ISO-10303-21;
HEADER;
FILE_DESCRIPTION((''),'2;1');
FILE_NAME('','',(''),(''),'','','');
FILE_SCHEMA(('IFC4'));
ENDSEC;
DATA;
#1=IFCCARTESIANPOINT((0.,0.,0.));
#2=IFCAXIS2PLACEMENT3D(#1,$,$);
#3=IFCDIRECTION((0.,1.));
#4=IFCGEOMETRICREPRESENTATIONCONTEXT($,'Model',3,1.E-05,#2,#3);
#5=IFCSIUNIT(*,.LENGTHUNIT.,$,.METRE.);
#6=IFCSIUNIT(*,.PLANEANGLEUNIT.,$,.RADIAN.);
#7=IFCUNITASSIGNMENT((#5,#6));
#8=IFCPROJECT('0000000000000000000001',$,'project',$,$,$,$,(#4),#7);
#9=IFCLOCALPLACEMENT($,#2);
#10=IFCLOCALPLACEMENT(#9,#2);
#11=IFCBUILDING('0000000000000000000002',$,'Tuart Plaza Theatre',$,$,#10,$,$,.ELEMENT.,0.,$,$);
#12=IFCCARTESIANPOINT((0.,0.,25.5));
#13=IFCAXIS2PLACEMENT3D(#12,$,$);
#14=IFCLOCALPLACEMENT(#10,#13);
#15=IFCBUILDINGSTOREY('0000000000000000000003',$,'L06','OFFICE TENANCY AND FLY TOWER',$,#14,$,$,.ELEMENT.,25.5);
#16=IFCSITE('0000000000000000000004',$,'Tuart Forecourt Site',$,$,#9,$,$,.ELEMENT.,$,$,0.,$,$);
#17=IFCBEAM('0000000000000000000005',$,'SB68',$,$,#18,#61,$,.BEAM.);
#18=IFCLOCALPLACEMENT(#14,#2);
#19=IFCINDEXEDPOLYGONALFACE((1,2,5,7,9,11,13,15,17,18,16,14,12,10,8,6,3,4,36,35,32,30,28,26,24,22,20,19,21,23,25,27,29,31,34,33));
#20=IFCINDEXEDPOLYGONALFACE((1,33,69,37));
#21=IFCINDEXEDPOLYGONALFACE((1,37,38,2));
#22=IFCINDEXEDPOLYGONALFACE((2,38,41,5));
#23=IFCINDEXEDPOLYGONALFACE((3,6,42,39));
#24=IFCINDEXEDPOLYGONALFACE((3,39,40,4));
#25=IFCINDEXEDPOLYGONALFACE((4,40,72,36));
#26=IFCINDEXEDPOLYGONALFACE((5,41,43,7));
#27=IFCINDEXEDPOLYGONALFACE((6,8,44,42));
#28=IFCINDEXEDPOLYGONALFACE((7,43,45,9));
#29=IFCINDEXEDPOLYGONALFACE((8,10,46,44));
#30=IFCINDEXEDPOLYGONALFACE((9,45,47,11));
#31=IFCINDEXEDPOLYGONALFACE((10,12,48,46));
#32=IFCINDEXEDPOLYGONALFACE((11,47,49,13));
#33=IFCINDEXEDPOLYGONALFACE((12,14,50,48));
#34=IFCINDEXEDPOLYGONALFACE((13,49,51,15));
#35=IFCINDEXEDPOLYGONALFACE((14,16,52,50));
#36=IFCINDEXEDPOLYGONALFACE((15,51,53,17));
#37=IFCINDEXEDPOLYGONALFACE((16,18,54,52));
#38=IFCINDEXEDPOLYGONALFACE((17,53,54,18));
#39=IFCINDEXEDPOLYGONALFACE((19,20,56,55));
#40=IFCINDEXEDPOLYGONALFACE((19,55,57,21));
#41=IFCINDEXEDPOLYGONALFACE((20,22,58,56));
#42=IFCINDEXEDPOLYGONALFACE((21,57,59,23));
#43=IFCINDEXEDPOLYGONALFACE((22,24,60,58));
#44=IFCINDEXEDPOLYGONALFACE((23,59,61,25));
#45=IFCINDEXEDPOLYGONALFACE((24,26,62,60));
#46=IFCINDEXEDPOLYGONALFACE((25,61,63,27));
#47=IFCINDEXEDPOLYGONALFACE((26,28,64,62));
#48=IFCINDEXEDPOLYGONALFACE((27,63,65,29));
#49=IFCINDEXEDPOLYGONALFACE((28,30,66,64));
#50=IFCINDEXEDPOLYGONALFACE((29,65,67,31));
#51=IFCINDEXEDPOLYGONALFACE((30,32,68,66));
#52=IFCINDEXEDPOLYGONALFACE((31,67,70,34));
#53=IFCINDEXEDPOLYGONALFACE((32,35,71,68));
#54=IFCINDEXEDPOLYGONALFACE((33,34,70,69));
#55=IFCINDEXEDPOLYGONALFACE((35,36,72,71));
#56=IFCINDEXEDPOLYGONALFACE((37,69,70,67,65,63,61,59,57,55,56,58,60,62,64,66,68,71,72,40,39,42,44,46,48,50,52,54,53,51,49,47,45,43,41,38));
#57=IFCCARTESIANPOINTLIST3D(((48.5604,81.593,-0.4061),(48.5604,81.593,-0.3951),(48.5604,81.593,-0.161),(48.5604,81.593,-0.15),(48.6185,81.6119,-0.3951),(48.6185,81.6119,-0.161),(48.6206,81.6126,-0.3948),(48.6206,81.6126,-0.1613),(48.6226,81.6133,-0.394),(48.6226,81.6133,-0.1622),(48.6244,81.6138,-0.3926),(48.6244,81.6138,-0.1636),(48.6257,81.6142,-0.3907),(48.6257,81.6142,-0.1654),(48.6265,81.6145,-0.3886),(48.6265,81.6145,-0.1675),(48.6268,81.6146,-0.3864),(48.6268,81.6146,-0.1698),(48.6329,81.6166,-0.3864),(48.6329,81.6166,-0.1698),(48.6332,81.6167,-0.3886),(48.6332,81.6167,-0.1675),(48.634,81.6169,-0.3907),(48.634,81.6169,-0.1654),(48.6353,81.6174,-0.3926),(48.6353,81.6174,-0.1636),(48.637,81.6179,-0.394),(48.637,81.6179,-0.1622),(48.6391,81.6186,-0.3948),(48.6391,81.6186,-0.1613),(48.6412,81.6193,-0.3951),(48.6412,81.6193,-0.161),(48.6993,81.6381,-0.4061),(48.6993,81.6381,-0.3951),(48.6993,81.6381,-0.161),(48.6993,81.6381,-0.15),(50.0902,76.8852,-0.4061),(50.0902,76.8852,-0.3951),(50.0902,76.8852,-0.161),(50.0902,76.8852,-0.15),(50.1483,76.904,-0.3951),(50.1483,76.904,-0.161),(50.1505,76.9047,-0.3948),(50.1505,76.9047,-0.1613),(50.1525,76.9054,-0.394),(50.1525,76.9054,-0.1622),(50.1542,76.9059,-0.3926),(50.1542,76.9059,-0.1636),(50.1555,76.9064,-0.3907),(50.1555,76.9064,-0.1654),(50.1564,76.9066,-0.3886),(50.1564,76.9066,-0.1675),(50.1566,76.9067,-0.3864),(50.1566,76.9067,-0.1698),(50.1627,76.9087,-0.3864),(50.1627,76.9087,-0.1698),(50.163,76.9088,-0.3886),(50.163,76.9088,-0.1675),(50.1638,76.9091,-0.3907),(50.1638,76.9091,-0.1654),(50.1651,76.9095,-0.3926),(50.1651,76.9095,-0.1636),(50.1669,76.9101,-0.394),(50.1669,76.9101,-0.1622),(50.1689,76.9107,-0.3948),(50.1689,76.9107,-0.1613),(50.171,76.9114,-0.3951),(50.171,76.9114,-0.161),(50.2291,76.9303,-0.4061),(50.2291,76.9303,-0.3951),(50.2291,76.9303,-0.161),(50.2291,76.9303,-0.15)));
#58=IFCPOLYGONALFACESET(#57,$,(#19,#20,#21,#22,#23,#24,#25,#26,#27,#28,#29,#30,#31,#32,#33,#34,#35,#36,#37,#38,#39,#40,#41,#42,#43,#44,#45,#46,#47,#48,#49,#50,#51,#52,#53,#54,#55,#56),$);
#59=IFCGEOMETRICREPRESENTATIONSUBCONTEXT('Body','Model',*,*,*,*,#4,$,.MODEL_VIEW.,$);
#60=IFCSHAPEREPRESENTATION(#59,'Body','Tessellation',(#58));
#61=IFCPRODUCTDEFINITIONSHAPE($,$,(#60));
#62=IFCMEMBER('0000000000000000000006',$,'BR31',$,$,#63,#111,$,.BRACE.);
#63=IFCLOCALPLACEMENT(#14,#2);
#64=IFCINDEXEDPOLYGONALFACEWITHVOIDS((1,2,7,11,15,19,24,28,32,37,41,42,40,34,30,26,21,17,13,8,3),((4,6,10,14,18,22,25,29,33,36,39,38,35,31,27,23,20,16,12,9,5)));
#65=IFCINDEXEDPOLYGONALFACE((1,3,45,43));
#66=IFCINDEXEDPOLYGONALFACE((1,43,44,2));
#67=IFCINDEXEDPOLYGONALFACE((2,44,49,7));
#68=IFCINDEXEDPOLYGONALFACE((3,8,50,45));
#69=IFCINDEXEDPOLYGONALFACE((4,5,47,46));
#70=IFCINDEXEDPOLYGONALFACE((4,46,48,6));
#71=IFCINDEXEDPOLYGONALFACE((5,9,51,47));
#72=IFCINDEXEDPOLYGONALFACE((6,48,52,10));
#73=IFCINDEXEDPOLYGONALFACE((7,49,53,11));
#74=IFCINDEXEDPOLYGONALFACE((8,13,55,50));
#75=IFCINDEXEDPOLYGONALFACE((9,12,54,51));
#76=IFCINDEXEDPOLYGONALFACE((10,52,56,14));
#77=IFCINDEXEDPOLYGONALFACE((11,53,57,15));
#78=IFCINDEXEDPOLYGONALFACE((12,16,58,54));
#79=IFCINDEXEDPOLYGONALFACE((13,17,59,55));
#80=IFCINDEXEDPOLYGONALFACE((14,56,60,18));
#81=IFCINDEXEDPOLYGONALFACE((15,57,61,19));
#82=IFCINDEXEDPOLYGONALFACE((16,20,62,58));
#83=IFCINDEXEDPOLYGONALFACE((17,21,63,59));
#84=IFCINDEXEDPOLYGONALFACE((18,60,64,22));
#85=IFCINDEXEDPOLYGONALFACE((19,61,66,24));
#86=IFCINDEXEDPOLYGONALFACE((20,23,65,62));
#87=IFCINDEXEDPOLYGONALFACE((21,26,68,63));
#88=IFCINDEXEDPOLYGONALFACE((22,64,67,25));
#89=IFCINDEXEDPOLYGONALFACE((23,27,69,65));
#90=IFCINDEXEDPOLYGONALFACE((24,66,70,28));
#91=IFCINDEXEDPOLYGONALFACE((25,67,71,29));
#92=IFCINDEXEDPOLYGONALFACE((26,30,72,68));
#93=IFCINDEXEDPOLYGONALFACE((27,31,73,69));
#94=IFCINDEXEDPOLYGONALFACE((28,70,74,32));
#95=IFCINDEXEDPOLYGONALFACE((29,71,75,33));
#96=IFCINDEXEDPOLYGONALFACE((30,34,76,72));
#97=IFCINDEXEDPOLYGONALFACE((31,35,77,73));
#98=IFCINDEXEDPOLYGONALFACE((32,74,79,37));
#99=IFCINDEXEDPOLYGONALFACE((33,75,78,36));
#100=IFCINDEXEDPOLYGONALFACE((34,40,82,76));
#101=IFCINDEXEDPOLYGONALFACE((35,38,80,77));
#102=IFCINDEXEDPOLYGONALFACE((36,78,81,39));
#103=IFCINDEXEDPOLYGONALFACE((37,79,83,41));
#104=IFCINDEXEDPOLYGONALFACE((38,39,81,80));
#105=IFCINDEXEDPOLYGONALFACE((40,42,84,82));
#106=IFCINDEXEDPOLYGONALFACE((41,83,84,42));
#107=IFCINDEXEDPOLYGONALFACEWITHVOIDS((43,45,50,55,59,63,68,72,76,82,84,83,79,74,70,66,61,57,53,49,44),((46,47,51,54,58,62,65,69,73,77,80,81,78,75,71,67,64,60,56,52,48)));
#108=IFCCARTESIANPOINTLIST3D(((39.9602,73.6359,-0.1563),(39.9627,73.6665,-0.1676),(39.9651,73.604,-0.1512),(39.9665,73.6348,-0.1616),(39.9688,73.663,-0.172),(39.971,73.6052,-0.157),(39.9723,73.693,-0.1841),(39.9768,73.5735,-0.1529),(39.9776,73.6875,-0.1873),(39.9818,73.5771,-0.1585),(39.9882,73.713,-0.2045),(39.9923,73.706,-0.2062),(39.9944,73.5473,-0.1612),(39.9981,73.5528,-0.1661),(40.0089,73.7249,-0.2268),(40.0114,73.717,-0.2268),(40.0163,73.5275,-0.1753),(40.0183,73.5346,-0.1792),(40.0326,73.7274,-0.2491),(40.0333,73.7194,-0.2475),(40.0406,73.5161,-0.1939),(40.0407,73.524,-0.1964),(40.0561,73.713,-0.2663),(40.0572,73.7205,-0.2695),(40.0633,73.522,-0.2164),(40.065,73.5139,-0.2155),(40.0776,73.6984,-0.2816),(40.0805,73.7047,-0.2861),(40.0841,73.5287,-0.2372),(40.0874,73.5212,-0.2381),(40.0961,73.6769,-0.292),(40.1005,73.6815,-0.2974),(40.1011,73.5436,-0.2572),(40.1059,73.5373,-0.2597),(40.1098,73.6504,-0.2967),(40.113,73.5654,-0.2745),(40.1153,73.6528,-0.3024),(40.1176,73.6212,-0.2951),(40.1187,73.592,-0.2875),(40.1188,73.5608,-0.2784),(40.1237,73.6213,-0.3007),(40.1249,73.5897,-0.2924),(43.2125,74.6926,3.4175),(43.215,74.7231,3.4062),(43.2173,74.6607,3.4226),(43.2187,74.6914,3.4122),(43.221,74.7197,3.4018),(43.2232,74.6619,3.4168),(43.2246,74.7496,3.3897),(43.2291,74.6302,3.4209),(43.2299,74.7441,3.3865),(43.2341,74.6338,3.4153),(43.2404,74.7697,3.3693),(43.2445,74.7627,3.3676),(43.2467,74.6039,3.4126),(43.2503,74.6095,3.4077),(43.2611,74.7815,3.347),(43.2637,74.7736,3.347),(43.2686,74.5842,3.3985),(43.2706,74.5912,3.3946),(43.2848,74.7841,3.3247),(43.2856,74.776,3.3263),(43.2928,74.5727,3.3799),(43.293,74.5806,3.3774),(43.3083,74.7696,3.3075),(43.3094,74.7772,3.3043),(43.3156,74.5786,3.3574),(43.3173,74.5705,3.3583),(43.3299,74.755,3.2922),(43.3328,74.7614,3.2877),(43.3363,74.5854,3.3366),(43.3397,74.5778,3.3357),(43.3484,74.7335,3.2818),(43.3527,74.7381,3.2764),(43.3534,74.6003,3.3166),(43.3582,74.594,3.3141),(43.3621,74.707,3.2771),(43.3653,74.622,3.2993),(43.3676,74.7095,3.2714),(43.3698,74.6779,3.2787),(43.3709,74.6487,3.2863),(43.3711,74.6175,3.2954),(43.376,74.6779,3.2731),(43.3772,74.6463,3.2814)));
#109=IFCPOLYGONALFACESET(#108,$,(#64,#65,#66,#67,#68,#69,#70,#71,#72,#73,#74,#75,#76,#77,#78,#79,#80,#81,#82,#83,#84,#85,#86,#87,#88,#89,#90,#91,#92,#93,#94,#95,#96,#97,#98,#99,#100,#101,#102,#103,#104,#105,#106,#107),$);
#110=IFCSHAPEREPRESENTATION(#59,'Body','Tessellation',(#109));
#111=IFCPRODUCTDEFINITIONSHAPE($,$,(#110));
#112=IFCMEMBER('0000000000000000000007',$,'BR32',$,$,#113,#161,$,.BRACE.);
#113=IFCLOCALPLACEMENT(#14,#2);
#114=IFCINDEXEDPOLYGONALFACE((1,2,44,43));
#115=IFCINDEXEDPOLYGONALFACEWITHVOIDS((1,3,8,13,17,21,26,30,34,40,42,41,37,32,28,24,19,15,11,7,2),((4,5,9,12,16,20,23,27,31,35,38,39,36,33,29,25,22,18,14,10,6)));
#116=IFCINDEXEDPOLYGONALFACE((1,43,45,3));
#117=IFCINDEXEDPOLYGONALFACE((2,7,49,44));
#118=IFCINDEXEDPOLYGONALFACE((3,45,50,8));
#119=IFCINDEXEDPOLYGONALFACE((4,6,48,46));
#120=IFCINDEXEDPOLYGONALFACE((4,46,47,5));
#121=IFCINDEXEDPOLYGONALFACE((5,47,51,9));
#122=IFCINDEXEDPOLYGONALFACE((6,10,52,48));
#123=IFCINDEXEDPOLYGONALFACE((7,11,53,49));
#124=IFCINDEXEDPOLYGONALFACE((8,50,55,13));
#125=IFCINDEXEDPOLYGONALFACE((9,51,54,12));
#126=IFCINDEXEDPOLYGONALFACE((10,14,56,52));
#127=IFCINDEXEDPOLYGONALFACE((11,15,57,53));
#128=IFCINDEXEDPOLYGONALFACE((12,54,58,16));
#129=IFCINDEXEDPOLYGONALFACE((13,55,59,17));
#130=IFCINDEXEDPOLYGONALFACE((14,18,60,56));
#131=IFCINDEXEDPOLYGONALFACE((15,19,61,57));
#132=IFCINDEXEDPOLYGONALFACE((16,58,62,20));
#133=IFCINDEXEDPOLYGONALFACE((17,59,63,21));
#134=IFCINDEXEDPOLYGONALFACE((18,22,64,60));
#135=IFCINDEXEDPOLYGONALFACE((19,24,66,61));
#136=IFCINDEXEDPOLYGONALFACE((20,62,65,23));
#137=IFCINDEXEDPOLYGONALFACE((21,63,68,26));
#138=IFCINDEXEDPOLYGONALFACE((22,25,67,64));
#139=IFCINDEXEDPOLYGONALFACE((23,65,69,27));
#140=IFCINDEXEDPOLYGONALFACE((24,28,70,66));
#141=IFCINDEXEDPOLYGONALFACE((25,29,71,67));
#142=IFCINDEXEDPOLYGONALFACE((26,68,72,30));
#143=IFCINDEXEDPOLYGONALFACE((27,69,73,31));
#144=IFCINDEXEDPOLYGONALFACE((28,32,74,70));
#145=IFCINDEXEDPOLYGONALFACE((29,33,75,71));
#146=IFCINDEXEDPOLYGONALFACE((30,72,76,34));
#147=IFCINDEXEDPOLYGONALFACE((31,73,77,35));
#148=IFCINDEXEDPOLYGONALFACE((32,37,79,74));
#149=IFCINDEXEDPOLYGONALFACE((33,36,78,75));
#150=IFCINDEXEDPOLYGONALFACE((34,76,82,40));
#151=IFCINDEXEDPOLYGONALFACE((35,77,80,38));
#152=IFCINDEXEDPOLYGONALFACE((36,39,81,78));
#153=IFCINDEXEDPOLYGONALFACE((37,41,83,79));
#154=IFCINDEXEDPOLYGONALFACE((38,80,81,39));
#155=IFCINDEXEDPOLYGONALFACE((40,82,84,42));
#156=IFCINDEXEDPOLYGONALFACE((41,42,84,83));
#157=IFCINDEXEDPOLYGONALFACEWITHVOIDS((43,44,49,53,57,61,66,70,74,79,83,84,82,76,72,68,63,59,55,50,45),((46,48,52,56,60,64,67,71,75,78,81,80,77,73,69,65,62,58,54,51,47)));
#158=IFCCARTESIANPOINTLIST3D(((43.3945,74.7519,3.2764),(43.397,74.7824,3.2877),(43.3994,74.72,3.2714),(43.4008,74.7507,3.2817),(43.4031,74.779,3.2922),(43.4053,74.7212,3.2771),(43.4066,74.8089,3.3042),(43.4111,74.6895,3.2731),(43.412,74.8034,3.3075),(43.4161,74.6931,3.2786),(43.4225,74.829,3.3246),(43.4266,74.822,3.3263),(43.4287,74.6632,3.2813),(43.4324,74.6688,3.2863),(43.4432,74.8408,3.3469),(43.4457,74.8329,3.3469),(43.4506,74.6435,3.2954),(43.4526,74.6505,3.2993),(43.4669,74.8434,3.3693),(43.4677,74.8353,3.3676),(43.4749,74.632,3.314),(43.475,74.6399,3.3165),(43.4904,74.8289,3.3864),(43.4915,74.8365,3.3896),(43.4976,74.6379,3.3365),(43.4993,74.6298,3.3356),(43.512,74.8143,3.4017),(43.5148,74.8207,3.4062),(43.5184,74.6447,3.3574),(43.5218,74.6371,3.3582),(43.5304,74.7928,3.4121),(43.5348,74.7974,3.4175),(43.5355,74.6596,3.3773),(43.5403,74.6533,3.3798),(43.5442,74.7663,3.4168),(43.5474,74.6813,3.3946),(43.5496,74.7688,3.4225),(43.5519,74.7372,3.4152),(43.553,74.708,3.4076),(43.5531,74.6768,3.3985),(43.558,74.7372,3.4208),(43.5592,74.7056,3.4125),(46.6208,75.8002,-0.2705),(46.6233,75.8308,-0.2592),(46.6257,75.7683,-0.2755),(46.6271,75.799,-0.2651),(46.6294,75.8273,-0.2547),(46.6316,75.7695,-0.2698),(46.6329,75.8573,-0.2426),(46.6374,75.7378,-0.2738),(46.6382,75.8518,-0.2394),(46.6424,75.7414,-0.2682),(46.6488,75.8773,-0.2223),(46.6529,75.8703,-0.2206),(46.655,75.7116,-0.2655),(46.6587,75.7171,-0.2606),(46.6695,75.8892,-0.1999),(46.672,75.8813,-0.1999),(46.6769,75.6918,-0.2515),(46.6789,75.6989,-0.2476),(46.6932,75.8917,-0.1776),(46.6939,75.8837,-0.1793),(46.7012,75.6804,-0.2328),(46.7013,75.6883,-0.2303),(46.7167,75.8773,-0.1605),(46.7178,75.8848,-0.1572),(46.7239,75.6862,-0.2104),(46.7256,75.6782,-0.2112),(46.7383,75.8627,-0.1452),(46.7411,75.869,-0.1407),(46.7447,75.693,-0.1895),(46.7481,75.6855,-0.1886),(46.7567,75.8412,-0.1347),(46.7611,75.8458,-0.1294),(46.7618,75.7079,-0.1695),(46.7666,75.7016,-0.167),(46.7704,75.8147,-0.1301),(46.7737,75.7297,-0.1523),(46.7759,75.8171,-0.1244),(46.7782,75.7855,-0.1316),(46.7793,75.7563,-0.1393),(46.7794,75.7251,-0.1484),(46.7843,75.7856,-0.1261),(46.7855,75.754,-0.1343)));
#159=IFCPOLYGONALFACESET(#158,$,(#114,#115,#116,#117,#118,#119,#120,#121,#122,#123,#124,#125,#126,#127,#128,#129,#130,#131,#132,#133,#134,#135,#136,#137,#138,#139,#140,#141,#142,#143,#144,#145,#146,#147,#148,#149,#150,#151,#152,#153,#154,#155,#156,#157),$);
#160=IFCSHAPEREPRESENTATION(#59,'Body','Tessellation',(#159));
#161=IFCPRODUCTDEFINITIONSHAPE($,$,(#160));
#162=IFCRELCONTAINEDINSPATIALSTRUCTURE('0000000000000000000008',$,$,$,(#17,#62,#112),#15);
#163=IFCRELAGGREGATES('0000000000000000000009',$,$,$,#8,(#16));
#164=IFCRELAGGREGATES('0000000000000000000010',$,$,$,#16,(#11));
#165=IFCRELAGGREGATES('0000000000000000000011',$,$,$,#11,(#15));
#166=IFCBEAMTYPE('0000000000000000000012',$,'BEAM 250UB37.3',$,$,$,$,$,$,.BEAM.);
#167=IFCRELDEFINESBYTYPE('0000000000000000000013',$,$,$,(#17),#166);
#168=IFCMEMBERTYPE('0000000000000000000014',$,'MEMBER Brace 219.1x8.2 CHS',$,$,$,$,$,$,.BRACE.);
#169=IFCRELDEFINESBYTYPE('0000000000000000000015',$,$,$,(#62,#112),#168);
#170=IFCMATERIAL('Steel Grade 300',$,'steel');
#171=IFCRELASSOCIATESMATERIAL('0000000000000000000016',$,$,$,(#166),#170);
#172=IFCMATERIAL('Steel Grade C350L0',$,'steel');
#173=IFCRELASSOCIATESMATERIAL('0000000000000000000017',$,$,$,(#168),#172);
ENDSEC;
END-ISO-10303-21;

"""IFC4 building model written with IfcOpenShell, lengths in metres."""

from ifc_helpers import new_model, si_unit, direction, frame, origin, origin_2d, place, context, subcontext, project, spatial, hollow_circle, i_section, extrude, material, material_profile, profile_set, type_object, element, save


model = new_model("IFC4")

# Units and contexts
model_context = context("Model", 3, precision=1e-05, world=origin(), true_north=direction((0.0, 1.0)))
body_context = subcontext(model_context, "Body", "Model", "MODEL_VIEW")
ifc_project = project(units=[si_unit("LENGTHUNIT", "METRE"), si_unit("PLANEANGLEUNIT", "RADIAN")], contexts=[model_context])

# Site, building, storey
site_placement = place(None, origin())
site = spatial("IfcSite", under=ifc_project, at=site_placement, Name="Tuart Forecourt Site", CompositionType="ELEMENT", RefElevation=0.0)
building_placement = place(site_placement, origin())
building = spatial("IfcBuilding", under=site, at=building_placement, Name="Tuart Plaza Theatre", CompositionType="ELEMENT", ElevationOfRefHeight=0.0)
storey_placement = place(building_placement, frame((0.0, 0.0, 25.5)))
storey = spatial("IfcBuildingStorey", under=building, at=storey_placement, Name="L06", Description="OFFICE TENANCY AND FLY TOWER", CompositionType="ELEMENT", Elevation=25.5)

# Beam
ifc_material_1 = material(Name="Steel Grade 300", Category="steel")
ifc_material_profile_1 = material_profile(ifc_material_1, i_section(OverallWidth=0.146, OverallDepth=0.2561, WebThickness=0.0063, FlangeThickness=0.011, FilletRadius=0.0088, at=origin_2d()), Name="250UB37.3")
ifc_profile_set_1 = profile_set([ifc_material_profile_1], Name="Steel Grade 300")
beam_type = type_object("IfcBeamType", Name="BEAM 250UB37.3", PredefinedType="BEAM", material=ifc_profile_set_1)
beam_1_placement = place(storey_placement, frame((50.1597, 76.9077, -0.2781), z_axis=(-0.309043, 0.951048, 0.0), x_axis=(-0.951048, -0.309043, 0.0)))
element("IfcBeam", 1, at=beam_1_placement, inside=storey, type_object=beam_type, Name="SB68", PredefinedType="BEAM", context=body_context, shape_type="SweptSolid", body=[
    extrude(i_section(OverallWidth=0.146, OverallDepth=0.2561, WebThickness=0.0063, FlangeThickness=0.011, FilletRadius=0.0088, at=origin_2d()), origin(), (0.0, 0.0, 1.0), 4.9502),
])

# Members
ifc_material_2 = material(Name="Steel Grade C350L0", Category="steel")
ifc_material_profile_2 = material_profile(ifc_material_2, hollow_circle(Radius=0.1096, WallThickness=0.0083, at=origin_2d()), Name="219.1x8.2 CHS")
ifc_profile_set_2 = profile_set([ifc_material_profile_2], Name="Steel Grade C350L0")
member_type_1 = type_object("IfcMemberType", Name="MEMBER Brace 219.1x8.2 CHS", PredefinedType="BRACE", material=ifc_profile_set_2)
member_1_placement = place(storey_placement, frame((40.0427, 73.6206, -0.2268), z_axis=(0.657515, 0.213627, 0.722521), x_axis=(-0.309001, 0.951062, 0.0)))
element("IfcMember", 2, at=member_1_placement, inside=storey, type_object=member_type_1, Name="BR31", PredefinedType="BRACE", context=body_context, shape_type="SweptSolid", body=[
    extrude(hollow_circle(Radius=0.1096, WallThickness=0.0083, at=origin_2d()), origin(), (0.0, 0.0, 1.0), 4.9463),
])
for number, where, z_axis, x_axis, name in (
    (3, (43.4771, 74.7366, 3.3469), (0.657359, 0.213598, -0.722672), (-0.309029, 0.951053, 0.0), "BR32"),
):
    element("IfcMember", number, at=place(storey_placement, frame(where, z_axis=z_axis, x_axis=x_axis)), inside=storey, type_object=member_type_1, Name=name, PredefinedType="BRACE", context=body_context, shape_type="SweptSolid", body=[
        extrude(hollow_circle(Radius=0.1096, WallThickness=0.0083, at=origin_2d()), origin(), (0.0, 0.0, 1.0), 4.908),
    ])

save(model, "model.ifc")
